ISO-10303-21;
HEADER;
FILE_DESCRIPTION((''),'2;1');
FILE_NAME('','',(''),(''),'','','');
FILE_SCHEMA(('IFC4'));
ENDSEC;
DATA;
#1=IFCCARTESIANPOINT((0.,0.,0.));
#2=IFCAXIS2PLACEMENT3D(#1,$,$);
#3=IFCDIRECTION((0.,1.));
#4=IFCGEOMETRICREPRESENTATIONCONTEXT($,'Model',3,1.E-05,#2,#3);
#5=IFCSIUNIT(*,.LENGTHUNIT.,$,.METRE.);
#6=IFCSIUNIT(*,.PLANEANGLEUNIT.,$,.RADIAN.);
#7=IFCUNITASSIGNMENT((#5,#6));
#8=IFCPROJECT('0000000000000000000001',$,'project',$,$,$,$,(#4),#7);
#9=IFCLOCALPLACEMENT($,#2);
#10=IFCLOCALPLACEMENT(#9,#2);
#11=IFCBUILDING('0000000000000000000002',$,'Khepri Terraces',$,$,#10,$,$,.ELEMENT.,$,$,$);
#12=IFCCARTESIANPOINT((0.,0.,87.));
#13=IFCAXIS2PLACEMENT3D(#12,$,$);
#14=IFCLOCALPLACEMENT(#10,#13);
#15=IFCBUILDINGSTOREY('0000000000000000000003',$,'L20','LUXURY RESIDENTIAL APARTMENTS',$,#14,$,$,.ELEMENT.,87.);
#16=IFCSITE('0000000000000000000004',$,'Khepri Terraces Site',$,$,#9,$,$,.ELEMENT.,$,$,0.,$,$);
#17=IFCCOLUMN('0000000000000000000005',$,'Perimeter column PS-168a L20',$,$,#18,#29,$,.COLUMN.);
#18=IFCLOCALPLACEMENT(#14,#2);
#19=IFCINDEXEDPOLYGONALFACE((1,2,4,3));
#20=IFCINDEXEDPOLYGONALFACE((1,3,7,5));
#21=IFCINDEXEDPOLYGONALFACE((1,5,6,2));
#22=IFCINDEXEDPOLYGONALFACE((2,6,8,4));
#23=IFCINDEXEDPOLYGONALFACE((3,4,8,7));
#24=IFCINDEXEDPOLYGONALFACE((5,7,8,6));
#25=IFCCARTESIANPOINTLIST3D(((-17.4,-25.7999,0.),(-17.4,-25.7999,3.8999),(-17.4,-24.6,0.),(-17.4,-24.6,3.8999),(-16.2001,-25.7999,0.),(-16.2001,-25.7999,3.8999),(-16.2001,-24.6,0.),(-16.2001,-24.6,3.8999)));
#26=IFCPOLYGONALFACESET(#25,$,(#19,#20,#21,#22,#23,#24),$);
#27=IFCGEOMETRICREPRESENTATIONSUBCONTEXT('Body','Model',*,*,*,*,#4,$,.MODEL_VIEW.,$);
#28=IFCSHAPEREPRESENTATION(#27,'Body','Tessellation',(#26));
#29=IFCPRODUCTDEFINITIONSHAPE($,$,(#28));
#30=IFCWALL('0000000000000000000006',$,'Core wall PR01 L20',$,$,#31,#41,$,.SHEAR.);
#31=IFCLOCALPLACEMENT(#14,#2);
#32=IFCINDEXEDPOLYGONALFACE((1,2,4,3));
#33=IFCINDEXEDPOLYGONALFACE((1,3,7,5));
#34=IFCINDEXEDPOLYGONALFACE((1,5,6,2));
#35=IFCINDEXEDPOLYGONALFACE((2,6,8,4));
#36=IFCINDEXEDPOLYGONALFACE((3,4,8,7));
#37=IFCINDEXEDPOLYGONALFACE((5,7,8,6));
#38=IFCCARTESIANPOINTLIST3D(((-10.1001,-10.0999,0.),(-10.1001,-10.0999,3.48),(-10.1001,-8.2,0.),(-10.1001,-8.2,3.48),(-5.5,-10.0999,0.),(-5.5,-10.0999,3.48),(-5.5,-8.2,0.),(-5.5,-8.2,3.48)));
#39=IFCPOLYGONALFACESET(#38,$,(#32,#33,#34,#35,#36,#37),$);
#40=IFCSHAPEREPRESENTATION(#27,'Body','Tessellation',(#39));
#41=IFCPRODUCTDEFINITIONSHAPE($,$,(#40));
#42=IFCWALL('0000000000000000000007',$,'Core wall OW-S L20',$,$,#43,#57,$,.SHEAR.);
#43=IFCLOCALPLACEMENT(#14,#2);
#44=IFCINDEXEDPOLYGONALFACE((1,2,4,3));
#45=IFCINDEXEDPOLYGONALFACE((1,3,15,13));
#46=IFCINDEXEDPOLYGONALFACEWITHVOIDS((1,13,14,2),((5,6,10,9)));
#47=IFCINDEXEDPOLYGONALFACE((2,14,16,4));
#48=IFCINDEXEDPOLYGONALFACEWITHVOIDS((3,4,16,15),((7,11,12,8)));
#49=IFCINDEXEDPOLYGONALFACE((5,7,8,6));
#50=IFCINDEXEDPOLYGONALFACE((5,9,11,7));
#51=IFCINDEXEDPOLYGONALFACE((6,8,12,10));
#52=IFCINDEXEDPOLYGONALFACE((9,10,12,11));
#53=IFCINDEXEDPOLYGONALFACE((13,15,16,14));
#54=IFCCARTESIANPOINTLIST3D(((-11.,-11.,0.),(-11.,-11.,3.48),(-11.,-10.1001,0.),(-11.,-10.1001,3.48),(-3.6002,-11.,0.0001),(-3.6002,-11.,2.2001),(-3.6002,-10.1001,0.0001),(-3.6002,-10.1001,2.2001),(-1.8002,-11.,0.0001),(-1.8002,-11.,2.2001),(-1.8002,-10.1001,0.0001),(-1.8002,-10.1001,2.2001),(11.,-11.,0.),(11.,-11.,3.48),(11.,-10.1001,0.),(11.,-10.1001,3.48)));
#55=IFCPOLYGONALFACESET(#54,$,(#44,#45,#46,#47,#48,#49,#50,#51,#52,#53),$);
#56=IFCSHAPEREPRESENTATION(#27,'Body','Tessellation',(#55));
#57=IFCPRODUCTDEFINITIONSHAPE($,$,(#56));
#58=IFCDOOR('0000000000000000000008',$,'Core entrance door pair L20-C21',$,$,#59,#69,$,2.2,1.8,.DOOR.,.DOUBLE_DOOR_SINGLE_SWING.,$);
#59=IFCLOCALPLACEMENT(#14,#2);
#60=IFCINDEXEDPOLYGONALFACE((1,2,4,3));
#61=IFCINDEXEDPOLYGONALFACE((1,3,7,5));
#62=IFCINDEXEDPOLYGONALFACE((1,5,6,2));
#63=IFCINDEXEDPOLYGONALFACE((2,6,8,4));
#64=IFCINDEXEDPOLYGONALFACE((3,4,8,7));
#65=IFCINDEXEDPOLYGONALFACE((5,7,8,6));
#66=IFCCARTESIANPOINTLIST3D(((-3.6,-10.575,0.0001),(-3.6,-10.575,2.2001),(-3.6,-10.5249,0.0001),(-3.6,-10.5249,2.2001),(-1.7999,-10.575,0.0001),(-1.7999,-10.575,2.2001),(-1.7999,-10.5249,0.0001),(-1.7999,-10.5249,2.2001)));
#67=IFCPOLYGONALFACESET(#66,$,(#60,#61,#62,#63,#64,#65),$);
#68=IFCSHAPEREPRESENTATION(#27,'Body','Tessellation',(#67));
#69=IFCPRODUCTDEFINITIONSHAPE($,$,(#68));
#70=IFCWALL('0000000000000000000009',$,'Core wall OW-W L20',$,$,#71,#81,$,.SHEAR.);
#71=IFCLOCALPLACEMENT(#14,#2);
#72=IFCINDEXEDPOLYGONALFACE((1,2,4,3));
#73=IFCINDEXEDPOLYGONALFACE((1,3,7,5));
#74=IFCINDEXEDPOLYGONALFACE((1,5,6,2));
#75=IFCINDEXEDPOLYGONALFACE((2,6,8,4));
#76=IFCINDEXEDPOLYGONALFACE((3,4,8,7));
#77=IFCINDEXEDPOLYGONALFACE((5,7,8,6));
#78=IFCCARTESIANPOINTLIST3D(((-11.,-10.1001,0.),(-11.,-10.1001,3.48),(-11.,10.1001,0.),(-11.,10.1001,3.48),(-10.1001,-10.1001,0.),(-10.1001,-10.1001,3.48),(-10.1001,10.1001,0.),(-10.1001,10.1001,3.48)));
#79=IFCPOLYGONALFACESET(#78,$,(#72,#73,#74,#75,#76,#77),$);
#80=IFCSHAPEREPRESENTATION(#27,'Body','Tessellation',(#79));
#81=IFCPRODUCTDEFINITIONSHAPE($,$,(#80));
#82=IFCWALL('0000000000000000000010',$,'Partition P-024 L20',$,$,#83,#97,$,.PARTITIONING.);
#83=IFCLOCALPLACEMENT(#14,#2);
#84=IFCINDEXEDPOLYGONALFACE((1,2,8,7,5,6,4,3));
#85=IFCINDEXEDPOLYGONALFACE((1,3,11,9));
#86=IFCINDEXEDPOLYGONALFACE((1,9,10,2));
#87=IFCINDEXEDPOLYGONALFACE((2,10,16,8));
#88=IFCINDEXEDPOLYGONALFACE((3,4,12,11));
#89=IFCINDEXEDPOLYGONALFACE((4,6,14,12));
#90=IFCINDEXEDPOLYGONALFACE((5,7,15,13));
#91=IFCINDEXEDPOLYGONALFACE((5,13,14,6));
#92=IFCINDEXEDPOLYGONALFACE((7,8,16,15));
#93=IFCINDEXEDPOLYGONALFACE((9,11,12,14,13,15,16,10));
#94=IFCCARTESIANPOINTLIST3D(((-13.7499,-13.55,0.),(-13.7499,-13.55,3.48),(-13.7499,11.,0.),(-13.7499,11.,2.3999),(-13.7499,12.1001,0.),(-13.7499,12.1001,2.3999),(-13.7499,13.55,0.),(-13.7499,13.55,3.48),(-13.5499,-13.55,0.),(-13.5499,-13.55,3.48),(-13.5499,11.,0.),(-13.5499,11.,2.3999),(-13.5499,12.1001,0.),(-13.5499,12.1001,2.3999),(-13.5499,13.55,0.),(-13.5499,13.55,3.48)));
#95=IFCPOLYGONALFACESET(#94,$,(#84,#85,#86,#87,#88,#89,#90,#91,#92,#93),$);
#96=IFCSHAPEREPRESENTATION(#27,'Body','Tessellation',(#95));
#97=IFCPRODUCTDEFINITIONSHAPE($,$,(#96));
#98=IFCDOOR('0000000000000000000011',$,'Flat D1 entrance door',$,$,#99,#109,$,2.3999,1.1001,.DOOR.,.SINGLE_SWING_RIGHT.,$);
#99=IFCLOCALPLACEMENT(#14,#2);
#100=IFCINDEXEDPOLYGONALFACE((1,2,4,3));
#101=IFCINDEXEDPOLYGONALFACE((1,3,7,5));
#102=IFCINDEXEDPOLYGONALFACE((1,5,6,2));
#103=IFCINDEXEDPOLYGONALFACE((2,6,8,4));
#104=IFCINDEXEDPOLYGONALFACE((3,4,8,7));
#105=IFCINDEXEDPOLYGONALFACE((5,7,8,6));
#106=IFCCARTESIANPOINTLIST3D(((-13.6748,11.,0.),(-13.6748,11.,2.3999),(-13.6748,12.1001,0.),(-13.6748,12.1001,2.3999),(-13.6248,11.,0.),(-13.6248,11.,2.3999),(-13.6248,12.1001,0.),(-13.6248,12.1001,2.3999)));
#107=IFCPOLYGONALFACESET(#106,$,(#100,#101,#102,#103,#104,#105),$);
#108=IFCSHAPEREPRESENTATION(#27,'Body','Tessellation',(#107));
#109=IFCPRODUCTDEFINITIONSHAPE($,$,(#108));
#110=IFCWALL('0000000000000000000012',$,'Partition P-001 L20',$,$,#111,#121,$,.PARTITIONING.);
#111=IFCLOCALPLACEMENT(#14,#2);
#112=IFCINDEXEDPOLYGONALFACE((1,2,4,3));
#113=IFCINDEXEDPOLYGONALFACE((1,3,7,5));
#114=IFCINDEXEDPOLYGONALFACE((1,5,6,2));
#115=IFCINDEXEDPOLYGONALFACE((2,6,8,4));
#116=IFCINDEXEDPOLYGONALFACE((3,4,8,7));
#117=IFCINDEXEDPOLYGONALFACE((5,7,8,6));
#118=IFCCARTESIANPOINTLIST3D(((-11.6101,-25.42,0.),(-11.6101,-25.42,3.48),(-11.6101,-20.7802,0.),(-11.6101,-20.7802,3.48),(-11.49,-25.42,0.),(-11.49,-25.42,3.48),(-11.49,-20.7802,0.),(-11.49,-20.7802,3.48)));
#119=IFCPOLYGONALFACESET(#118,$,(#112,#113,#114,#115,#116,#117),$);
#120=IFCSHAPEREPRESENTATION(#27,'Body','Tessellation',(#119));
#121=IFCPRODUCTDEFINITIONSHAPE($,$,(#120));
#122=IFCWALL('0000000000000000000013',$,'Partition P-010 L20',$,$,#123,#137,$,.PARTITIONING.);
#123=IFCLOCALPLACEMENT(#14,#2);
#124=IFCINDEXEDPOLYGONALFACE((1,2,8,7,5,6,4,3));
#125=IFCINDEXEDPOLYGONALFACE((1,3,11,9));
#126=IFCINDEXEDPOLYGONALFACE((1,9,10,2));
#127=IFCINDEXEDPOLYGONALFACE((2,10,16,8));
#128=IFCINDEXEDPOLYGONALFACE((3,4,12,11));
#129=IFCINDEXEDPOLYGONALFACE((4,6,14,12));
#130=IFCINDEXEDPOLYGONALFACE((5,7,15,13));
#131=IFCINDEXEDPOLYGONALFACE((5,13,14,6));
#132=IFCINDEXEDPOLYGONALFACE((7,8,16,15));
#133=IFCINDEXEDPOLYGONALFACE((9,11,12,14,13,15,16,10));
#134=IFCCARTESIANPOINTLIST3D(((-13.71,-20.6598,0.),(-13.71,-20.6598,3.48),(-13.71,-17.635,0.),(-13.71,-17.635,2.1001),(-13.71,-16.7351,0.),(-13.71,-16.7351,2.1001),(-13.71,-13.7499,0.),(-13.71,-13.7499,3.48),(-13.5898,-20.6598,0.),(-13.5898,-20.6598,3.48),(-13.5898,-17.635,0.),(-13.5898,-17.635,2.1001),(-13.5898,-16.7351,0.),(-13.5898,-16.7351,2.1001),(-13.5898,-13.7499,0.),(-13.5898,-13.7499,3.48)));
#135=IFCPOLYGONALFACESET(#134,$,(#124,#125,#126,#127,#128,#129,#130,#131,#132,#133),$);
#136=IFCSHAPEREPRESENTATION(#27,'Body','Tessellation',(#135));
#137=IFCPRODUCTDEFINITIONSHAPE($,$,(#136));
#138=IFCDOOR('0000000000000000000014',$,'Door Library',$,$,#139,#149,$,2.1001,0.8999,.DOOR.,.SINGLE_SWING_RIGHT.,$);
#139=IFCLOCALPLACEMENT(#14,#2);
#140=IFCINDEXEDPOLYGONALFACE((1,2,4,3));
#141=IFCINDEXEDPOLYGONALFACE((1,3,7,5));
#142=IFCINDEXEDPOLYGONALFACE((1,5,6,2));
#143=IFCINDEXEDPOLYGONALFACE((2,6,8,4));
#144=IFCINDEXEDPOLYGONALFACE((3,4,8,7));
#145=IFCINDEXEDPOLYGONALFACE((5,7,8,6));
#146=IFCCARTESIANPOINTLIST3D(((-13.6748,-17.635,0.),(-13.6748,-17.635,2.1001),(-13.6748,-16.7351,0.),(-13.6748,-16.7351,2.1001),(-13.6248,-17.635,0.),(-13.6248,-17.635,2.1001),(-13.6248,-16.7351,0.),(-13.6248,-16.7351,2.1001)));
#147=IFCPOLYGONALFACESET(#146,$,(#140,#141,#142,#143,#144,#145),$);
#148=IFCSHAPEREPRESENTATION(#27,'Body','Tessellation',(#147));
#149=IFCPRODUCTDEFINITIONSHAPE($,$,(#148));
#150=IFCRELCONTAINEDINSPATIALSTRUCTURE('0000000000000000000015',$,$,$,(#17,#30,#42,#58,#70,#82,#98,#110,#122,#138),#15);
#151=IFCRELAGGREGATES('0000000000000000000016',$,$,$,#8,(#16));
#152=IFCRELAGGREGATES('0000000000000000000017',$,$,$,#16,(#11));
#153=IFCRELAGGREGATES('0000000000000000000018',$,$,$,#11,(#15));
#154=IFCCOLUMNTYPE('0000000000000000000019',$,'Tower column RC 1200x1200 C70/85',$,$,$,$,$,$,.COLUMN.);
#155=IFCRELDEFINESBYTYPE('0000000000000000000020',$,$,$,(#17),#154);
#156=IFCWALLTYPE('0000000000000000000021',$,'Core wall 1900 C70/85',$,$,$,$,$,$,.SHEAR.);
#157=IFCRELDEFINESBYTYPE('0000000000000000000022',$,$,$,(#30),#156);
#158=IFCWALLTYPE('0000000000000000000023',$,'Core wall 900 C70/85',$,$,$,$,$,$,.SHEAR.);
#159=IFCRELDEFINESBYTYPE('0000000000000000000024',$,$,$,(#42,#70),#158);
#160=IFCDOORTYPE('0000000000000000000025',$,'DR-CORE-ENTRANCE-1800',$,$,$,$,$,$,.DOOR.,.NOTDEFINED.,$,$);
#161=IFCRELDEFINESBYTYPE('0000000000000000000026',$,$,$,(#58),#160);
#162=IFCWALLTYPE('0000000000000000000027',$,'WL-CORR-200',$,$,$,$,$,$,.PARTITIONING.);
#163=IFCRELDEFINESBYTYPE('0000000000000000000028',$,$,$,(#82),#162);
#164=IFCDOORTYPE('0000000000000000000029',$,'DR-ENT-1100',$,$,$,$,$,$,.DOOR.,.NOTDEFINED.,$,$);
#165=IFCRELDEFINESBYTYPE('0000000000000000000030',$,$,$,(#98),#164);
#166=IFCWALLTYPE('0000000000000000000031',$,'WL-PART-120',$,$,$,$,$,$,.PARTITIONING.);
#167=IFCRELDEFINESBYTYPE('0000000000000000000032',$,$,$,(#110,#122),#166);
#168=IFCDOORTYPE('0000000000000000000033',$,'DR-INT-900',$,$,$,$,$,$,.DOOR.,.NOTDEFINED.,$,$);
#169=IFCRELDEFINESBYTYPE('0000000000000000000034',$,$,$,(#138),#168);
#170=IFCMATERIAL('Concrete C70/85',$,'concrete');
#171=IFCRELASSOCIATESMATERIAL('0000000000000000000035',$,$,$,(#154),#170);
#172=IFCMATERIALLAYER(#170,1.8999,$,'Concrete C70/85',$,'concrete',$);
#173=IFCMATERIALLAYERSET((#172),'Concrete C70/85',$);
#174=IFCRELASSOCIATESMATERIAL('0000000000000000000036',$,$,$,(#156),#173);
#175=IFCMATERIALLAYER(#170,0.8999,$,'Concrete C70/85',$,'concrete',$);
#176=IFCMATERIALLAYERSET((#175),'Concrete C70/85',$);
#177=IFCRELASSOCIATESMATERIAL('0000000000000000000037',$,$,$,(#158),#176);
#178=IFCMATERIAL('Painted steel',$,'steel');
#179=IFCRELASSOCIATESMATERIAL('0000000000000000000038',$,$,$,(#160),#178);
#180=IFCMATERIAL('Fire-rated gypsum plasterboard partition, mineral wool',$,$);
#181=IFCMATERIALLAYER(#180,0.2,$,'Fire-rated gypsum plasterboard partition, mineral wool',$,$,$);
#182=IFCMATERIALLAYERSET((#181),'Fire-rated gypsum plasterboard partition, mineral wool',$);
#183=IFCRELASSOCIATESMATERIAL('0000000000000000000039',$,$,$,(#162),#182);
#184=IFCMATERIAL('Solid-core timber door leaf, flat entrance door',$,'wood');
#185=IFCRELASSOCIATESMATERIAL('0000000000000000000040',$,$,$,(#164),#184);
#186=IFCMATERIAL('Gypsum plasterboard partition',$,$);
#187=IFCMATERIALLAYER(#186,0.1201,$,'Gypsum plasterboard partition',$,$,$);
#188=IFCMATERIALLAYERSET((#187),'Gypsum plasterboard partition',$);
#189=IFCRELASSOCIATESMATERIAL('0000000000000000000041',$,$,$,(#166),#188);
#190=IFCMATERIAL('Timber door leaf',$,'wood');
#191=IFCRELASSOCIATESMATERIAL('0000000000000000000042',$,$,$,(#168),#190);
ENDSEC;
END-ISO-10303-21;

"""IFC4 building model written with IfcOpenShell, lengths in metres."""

from ifc_helpers import new_model, si_unit, direction, frame, frame_2d, origin, origin_2d, place, context, subcontext, project, spatial, rectangle, extrude, material, layer, layer_set, material_profile, profile_set, type_object, element, fill, save


model = new_model("IFC4")

# Units and contexts
model_context = context("Model", 3, precision=1e-05, world=origin(), true_north=direction((0.0, 1.0)))
body_context = subcontext(model_context, "Body", "Model", "MODEL_VIEW")
ifc_project = project(units=[si_unit("LENGTHUNIT", "METRE"), si_unit("PLANEANGLEUNIT", "RADIAN")], contexts=[model_context])

# Site, building, storey
site_placement = place(None, origin())
site = spatial("IfcSite", under=ifc_project, at=site_placement, Name="Khepri Terraces Site", CompositionType="ELEMENT", RefElevation=0.0)
building_placement = place(site_placement, origin())
building = spatial("IfcBuilding", under=site, at=building_placement, Name="Khepri Terraces", CompositionType="ELEMENT")
storey_placement = place(building_placement, frame((0.0, 0.0, 87.0)))
storey = spatial("IfcBuildingStorey", under=building, at=storey_placement, Name="L20", Description="LUXURY RESIDENTIAL APARTMENTS", CompositionType="ELEMENT", Elevation=87.0)

# Column
ifc_material_1 = material(Name="Concrete C70/85", Category="concrete")
ifc_material_profile = material_profile(ifc_material_1, rectangle(XDim=1.2, YDim=1.2, at=origin_2d()), Name="Concrete C70/85", Category="concrete")
ifc_profile_set = profile_set([ifc_material_profile], Name="Concrete C70/85")
column_type = type_object("IfcColumnType", Name="Tower column RC 1200x1200 C70/85", PredefinedType="COLUMN", material=ifc_profile_set)
column_placement = place(storey_placement, frame((-16.8, -25.2, 0.0), z_axis=(0.0, 0.0, 1.0), x_axis=(1.0, 0.0, 0.0)))
element("IfcColumn", 1, at=column_placement, inside=storey, type_object=column_type, Name="Perimeter column PS-168a L20", PredefinedType="COLUMN", context=body_context, shape_type="SweptSolid", body=[
    extrude(rectangle(XDim=1.2, YDim=1.2, at=origin_2d()), origin(), (0.0, 0.0, 1.0), 3.8999),
])

# Wall
ifc_layer_1 = layer(ifc_material_1, 1.8999, Name="Concrete C70/85", Category="concrete")
ifc_layer_set_1 = layer_set([ifc_layer_1], Name="Concrete C70/85")
wall_type_1 = type_object("IfcWallType", Name="Core wall 1900 C70/85", PredefinedType="SHEAR", material=ifc_layer_set_1)
wall_1_placement = place(storey_placement, frame((-10.1001, -9.1499, 0.0), z_axis=(0.0, 0.0, 1.0), x_axis=(1.0, 0.0, 0.0)))
element("IfcWall", 2, at=wall_1_placement, inside=storey, type_object=wall_type_1, Name="Core wall PR01 L20", PredefinedType="SHEAR", context=body_context, shape_type="SweptSolid", body=[
    extrude(rectangle(XDim=4.6001, YDim=1.8999, at=frame_2d((2.3, 0.0))), origin(), (0.0, 0.0, 1.0), 3.48),
])

# Wall, opening, door
ifc_layer_2 = layer(ifc_material_1, 0.8999, Name="Concrete C70/85", Category="concrete")
ifc_layer_set_2 = layer_set([ifc_layer_2], Name="Concrete C70/85")
wall_type_2 = type_object("IfcWallType", Name="Core wall 900 C70/85", PredefinedType="SHEAR", material=ifc_layer_set_2)
wall_2_placement = place(storey_placement, frame((-11.0, -10.55, 0.0), z_axis=(0.0, 0.0, 1.0), x_axis=(1.0, 0.0, 0.0)))
wall_2 = element("IfcWall", 3, at=wall_2_placement, inside=storey, type_object=wall_type_2, Name="Core wall OW-S L20", PredefinedType="SHEAR", context=body_context, shape_type="SweptSolid", body=[
    extrude(rectangle(XDim=22.0, YDim=0.8999, at=frame_2d((11.0, 0.0))), origin(), (0.0, 0.0, 1.0), 3.48),
])
opening_1_placement = place(wall_2_placement, frame((7.3999, 0.0, 0.0)))
opening_1 = element("IfcOpeningElement", 4, at=opening_1_placement, cuts=wall_2, PredefinedType="OPENING", context=body_context, shape_type="SweptSolid", body=[
    extrude(rectangle(XDim=1.8, YDim=2.2, at=frame_2d((0.8999, 1.1001))), frame((0.0, 0.46, 0.0), z_axis=(0.0, -1.0, 0.0), x_axis=(1.0, 0.0, 0.0)), (0.0, 0.0, 1.0), 0.9199),
])
ifc_material_2 = material(Name="Painted steel", Category="steel")
door_type_1 = type_object("IfcDoorType", Name="DR-CORE-ENTRANCE-1800", OperationType="NOTDEFINED", PredefinedType="DOOR", material=ifc_material_2)
door_1_placement = place(opening_1_placement, frame((1.8, 0.0, 0.0), z_axis=(0.0, 0.0, 1.0), x_axis=(-1.0, 0.0, 0.0)))
door_1 = element("IfcDoor", 5, at=door_1_placement, inside=storey, type_object=door_type_1, Name="Core entrance door pair L20-C21", OperationType="DOUBLE_DOOR_SINGLE_SWING", OverallHeight=2.2, OverallWidth=1.8, PredefinedType="DOOR", context=body_context, shape_type="SweptSolid", body=[
    extrude(rectangle(XDim=1.8, YDim=2.2, at=frame_2d((0.8999, 1.1001))), frame((0.0, 0.0249, 0.0), z_axis=(0.0, -1.0, 0.0), x_axis=(1.0, 0.0, 0.0)), (0.0, 0.0, 1.0), 0.05),
])
fill(opening_1, door_1)

# Wall
wall_3_placement = place(storey_placement, frame((-10.55, -10.1001, 0.0), z_axis=(0.0, 0.0, 1.0), x_axis=(0.0, 1.0, 0.0)))
element("IfcWall", 6, at=wall_3_placement, inside=storey, type_object=wall_type_2, Name="Core wall OW-W L20", PredefinedType="SHEAR", context=body_context, shape_type="SweptSolid", body=[
    extrude(rectangle(XDim=20.2002, YDim=0.8999, at=frame_2d((10.1001, 0.0))), origin(), (0.0, 0.0, 1.0), 3.48),
])

# Wall, opening, door
ifc_material_3 = material(Name="Fire-rated gypsum plasterboard partition, mineral wool")
ifc_layer_3 = layer(ifc_material_3, 0.2, Name="Fire-rated gypsum plasterboard partition, mineral wool")
ifc_layer_set_3 = layer_set([ifc_layer_3], Name="Fire-rated gypsum plasterboard partition, mineral wool")
wall_type_3 = type_object("IfcWallType", Name="WL-CORR-200", PredefinedType="PARTITIONING", material=ifc_layer_set_3)
wall_4_placement = place(storey_placement, frame((-13.6499, -13.55, 0.0), z_axis=(0.0, 0.0, 1.0), x_axis=(0.0, 1.0, 0.0)))
wall_4 = element("IfcWall", 7, at=wall_4_placement, inside=storey, type_object=wall_type_3, Name="Partition P-024 L20", PredefinedType="PARTITIONING", context=body_context, shape_type="SweptSolid", body=[
    extrude(rectangle(XDim=27.1001, YDim=0.2, at=frame_2d((13.55, 0.0))), origin(), (0.0, 0.0, 1.0), 3.48),
])
opening_2_placement = place(wall_4_placement, frame((24.55, 0.0, 0.0)))
opening_2 = element("IfcOpeningElement", 8, at=opening_2_placement, cuts=wall_4, PredefinedType="OPENING", context=body_context, shape_type="SweptSolid", body=[
    extrude(rectangle(XDim=1.1001, YDim=2.3999, at=frame_2d((0.55, 1.2))), frame((0.0, 0.1099, 0.0), z_axis=(0.0, -1.0, 0.0), x_axis=(1.0, 0.0, 0.0)), (0.0, 0.0, 1.0), 0.22),
])
ifc_material_4 = material(Name="Solid-core timber door leaf, flat entrance door", Category="wood")
door_type_2 = type_object("IfcDoorType", Name="DR-ENT-1100", OperationType="NOTDEFINED", PredefinedType="DOOR", material=ifc_material_4)
door_2_placement = place(opening_2_placement, origin())
door_2 = element("IfcDoor", 9, at=door_2_placement, inside=storey, type_object=door_type_2, Name="Flat D1 entrance door", OperationType="SINGLE_SWING_RIGHT", OverallHeight=2.3999, OverallWidth=1.1001, PredefinedType="DOOR", context=body_context, shape_type="SweptSolid", body=[
    extrude(rectangle(XDim=1.1001, YDim=2.3999, at=frame_2d((0.55, 1.2))), frame((0.0, 0.0249, 0.0), z_axis=(0.0, -1.0, 0.0), x_axis=(1.0, 0.0, 0.0)), (0.0, 0.0, 1.0), 0.05),
])
fill(opening_2, door_2)

# Wall
ifc_material_5 = material(Name="Gypsum plasterboard partition")
ifc_layer_4 = layer(ifc_material_5, 0.1201, Name="Gypsum plasterboard partition")
ifc_layer_set_4 = layer_set([ifc_layer_4], Name="Gypsum plasterboard partition")
wall_type_4 = type_object("IfcWallType", Name="WL-PART-120", PredefinedType="PARTITIONING", material=ifc_layer_set_4)
wall_5_placement = place(storey_placement, frame((-11.55, -25.4199, 0.0), z_axis=(0.0, 0.0, 1.0), x_axis=(0.0, 1.0, 0.0)))
element("IfcWall", 10, at=wall_5_placement, inside=storey, type_object=wall_type_4, Name="Partition P-001 L20", PredefinedType="PARTITIONING", context=body_context, shape_type="SweptSolid", body=[
    extrude(rectangle(XDim=4.6399, YDim=0.1201, at=frame_2d((2.3198, 0.0))), origin(), (0.0, 0.0, 1.0), 3.48),
])

# Wall, opening, door
wall_6_placement = place(storey_placement, frame((-13.6499, -20.6599, 0.0), z_axis=(0.0, 0.0, 1.0), x_axis=(0.0, 1.0, 0.0)))
wall_6 = element("IfcWall", 11, at=wall_6_placement, inside=storey, type_object=wall_type_4, Name="Partition P-010 L20", PredefinedType="PARTITIONING", context=body_context, shape_type="SweptSolid", body=[
    extrude(rectangle(XDim=6.9099, YDim=0.1201, at=frame_2d((3.4551, 0.0))), origin(), (0.0, 0.0, 1.0), 3.48),
])
opening_3_placement = place(wall_6_placement, frame((3.0249, 0.0, 0.0)))
opening_3 = element("IfcOpeningElement", 12, at=opening_3_placement, cuts=wall_6, PredefinedType="OPENING", context=body_context, shape_type="SweptSolid", body=[
    extrude(rectangle(XDim=0.8999, YDim=2.1001, at=frame_2d((0.45, 1.05))), frame((0.0, 0.0701, 0.0), z_axis=(0.0, -1.0, 0.0), x_axis=(1.0, 0.0, 0.0)), (0.0, 0.0, 1.0), 0.1401),
])
ifc_material_6 = material(Name="Timber door leaf", Category="wood")
door_type_3 = type_object("IfcDoorType", Name="DR-INT-900", OperationType="NOTDEFINED", PredefinedType="DOOR", material=ifc_material_6)
door_3_placement = place(opening_3_placement, origin())
door_3 = element("IfcDoor", 13, at=door_3_placement, inside=storey, type_object=door_type_3, Name="Door Library", OperationType="SINGLE_SWING_RIGHT", OverallHeight=2.1001, OverallWidth=0.8999, PredefinedType="DOOR", context=body_context, shape_type="SweptSolid", body=[
    extrude(rectangle(XDim=0.8999, YDim=2.1001, at=frame_2d((0.45, 1.05))), frame((0.0, 0.0249, 0.0), z_axis=(0.0, -1.0, 0.0), x_axis=(1.0, 0.0, 0.0)), (0.0, 0.0, 1.0), 0.05),
])
fill(opening_3, door_3)

save(model, "model.ifc")
